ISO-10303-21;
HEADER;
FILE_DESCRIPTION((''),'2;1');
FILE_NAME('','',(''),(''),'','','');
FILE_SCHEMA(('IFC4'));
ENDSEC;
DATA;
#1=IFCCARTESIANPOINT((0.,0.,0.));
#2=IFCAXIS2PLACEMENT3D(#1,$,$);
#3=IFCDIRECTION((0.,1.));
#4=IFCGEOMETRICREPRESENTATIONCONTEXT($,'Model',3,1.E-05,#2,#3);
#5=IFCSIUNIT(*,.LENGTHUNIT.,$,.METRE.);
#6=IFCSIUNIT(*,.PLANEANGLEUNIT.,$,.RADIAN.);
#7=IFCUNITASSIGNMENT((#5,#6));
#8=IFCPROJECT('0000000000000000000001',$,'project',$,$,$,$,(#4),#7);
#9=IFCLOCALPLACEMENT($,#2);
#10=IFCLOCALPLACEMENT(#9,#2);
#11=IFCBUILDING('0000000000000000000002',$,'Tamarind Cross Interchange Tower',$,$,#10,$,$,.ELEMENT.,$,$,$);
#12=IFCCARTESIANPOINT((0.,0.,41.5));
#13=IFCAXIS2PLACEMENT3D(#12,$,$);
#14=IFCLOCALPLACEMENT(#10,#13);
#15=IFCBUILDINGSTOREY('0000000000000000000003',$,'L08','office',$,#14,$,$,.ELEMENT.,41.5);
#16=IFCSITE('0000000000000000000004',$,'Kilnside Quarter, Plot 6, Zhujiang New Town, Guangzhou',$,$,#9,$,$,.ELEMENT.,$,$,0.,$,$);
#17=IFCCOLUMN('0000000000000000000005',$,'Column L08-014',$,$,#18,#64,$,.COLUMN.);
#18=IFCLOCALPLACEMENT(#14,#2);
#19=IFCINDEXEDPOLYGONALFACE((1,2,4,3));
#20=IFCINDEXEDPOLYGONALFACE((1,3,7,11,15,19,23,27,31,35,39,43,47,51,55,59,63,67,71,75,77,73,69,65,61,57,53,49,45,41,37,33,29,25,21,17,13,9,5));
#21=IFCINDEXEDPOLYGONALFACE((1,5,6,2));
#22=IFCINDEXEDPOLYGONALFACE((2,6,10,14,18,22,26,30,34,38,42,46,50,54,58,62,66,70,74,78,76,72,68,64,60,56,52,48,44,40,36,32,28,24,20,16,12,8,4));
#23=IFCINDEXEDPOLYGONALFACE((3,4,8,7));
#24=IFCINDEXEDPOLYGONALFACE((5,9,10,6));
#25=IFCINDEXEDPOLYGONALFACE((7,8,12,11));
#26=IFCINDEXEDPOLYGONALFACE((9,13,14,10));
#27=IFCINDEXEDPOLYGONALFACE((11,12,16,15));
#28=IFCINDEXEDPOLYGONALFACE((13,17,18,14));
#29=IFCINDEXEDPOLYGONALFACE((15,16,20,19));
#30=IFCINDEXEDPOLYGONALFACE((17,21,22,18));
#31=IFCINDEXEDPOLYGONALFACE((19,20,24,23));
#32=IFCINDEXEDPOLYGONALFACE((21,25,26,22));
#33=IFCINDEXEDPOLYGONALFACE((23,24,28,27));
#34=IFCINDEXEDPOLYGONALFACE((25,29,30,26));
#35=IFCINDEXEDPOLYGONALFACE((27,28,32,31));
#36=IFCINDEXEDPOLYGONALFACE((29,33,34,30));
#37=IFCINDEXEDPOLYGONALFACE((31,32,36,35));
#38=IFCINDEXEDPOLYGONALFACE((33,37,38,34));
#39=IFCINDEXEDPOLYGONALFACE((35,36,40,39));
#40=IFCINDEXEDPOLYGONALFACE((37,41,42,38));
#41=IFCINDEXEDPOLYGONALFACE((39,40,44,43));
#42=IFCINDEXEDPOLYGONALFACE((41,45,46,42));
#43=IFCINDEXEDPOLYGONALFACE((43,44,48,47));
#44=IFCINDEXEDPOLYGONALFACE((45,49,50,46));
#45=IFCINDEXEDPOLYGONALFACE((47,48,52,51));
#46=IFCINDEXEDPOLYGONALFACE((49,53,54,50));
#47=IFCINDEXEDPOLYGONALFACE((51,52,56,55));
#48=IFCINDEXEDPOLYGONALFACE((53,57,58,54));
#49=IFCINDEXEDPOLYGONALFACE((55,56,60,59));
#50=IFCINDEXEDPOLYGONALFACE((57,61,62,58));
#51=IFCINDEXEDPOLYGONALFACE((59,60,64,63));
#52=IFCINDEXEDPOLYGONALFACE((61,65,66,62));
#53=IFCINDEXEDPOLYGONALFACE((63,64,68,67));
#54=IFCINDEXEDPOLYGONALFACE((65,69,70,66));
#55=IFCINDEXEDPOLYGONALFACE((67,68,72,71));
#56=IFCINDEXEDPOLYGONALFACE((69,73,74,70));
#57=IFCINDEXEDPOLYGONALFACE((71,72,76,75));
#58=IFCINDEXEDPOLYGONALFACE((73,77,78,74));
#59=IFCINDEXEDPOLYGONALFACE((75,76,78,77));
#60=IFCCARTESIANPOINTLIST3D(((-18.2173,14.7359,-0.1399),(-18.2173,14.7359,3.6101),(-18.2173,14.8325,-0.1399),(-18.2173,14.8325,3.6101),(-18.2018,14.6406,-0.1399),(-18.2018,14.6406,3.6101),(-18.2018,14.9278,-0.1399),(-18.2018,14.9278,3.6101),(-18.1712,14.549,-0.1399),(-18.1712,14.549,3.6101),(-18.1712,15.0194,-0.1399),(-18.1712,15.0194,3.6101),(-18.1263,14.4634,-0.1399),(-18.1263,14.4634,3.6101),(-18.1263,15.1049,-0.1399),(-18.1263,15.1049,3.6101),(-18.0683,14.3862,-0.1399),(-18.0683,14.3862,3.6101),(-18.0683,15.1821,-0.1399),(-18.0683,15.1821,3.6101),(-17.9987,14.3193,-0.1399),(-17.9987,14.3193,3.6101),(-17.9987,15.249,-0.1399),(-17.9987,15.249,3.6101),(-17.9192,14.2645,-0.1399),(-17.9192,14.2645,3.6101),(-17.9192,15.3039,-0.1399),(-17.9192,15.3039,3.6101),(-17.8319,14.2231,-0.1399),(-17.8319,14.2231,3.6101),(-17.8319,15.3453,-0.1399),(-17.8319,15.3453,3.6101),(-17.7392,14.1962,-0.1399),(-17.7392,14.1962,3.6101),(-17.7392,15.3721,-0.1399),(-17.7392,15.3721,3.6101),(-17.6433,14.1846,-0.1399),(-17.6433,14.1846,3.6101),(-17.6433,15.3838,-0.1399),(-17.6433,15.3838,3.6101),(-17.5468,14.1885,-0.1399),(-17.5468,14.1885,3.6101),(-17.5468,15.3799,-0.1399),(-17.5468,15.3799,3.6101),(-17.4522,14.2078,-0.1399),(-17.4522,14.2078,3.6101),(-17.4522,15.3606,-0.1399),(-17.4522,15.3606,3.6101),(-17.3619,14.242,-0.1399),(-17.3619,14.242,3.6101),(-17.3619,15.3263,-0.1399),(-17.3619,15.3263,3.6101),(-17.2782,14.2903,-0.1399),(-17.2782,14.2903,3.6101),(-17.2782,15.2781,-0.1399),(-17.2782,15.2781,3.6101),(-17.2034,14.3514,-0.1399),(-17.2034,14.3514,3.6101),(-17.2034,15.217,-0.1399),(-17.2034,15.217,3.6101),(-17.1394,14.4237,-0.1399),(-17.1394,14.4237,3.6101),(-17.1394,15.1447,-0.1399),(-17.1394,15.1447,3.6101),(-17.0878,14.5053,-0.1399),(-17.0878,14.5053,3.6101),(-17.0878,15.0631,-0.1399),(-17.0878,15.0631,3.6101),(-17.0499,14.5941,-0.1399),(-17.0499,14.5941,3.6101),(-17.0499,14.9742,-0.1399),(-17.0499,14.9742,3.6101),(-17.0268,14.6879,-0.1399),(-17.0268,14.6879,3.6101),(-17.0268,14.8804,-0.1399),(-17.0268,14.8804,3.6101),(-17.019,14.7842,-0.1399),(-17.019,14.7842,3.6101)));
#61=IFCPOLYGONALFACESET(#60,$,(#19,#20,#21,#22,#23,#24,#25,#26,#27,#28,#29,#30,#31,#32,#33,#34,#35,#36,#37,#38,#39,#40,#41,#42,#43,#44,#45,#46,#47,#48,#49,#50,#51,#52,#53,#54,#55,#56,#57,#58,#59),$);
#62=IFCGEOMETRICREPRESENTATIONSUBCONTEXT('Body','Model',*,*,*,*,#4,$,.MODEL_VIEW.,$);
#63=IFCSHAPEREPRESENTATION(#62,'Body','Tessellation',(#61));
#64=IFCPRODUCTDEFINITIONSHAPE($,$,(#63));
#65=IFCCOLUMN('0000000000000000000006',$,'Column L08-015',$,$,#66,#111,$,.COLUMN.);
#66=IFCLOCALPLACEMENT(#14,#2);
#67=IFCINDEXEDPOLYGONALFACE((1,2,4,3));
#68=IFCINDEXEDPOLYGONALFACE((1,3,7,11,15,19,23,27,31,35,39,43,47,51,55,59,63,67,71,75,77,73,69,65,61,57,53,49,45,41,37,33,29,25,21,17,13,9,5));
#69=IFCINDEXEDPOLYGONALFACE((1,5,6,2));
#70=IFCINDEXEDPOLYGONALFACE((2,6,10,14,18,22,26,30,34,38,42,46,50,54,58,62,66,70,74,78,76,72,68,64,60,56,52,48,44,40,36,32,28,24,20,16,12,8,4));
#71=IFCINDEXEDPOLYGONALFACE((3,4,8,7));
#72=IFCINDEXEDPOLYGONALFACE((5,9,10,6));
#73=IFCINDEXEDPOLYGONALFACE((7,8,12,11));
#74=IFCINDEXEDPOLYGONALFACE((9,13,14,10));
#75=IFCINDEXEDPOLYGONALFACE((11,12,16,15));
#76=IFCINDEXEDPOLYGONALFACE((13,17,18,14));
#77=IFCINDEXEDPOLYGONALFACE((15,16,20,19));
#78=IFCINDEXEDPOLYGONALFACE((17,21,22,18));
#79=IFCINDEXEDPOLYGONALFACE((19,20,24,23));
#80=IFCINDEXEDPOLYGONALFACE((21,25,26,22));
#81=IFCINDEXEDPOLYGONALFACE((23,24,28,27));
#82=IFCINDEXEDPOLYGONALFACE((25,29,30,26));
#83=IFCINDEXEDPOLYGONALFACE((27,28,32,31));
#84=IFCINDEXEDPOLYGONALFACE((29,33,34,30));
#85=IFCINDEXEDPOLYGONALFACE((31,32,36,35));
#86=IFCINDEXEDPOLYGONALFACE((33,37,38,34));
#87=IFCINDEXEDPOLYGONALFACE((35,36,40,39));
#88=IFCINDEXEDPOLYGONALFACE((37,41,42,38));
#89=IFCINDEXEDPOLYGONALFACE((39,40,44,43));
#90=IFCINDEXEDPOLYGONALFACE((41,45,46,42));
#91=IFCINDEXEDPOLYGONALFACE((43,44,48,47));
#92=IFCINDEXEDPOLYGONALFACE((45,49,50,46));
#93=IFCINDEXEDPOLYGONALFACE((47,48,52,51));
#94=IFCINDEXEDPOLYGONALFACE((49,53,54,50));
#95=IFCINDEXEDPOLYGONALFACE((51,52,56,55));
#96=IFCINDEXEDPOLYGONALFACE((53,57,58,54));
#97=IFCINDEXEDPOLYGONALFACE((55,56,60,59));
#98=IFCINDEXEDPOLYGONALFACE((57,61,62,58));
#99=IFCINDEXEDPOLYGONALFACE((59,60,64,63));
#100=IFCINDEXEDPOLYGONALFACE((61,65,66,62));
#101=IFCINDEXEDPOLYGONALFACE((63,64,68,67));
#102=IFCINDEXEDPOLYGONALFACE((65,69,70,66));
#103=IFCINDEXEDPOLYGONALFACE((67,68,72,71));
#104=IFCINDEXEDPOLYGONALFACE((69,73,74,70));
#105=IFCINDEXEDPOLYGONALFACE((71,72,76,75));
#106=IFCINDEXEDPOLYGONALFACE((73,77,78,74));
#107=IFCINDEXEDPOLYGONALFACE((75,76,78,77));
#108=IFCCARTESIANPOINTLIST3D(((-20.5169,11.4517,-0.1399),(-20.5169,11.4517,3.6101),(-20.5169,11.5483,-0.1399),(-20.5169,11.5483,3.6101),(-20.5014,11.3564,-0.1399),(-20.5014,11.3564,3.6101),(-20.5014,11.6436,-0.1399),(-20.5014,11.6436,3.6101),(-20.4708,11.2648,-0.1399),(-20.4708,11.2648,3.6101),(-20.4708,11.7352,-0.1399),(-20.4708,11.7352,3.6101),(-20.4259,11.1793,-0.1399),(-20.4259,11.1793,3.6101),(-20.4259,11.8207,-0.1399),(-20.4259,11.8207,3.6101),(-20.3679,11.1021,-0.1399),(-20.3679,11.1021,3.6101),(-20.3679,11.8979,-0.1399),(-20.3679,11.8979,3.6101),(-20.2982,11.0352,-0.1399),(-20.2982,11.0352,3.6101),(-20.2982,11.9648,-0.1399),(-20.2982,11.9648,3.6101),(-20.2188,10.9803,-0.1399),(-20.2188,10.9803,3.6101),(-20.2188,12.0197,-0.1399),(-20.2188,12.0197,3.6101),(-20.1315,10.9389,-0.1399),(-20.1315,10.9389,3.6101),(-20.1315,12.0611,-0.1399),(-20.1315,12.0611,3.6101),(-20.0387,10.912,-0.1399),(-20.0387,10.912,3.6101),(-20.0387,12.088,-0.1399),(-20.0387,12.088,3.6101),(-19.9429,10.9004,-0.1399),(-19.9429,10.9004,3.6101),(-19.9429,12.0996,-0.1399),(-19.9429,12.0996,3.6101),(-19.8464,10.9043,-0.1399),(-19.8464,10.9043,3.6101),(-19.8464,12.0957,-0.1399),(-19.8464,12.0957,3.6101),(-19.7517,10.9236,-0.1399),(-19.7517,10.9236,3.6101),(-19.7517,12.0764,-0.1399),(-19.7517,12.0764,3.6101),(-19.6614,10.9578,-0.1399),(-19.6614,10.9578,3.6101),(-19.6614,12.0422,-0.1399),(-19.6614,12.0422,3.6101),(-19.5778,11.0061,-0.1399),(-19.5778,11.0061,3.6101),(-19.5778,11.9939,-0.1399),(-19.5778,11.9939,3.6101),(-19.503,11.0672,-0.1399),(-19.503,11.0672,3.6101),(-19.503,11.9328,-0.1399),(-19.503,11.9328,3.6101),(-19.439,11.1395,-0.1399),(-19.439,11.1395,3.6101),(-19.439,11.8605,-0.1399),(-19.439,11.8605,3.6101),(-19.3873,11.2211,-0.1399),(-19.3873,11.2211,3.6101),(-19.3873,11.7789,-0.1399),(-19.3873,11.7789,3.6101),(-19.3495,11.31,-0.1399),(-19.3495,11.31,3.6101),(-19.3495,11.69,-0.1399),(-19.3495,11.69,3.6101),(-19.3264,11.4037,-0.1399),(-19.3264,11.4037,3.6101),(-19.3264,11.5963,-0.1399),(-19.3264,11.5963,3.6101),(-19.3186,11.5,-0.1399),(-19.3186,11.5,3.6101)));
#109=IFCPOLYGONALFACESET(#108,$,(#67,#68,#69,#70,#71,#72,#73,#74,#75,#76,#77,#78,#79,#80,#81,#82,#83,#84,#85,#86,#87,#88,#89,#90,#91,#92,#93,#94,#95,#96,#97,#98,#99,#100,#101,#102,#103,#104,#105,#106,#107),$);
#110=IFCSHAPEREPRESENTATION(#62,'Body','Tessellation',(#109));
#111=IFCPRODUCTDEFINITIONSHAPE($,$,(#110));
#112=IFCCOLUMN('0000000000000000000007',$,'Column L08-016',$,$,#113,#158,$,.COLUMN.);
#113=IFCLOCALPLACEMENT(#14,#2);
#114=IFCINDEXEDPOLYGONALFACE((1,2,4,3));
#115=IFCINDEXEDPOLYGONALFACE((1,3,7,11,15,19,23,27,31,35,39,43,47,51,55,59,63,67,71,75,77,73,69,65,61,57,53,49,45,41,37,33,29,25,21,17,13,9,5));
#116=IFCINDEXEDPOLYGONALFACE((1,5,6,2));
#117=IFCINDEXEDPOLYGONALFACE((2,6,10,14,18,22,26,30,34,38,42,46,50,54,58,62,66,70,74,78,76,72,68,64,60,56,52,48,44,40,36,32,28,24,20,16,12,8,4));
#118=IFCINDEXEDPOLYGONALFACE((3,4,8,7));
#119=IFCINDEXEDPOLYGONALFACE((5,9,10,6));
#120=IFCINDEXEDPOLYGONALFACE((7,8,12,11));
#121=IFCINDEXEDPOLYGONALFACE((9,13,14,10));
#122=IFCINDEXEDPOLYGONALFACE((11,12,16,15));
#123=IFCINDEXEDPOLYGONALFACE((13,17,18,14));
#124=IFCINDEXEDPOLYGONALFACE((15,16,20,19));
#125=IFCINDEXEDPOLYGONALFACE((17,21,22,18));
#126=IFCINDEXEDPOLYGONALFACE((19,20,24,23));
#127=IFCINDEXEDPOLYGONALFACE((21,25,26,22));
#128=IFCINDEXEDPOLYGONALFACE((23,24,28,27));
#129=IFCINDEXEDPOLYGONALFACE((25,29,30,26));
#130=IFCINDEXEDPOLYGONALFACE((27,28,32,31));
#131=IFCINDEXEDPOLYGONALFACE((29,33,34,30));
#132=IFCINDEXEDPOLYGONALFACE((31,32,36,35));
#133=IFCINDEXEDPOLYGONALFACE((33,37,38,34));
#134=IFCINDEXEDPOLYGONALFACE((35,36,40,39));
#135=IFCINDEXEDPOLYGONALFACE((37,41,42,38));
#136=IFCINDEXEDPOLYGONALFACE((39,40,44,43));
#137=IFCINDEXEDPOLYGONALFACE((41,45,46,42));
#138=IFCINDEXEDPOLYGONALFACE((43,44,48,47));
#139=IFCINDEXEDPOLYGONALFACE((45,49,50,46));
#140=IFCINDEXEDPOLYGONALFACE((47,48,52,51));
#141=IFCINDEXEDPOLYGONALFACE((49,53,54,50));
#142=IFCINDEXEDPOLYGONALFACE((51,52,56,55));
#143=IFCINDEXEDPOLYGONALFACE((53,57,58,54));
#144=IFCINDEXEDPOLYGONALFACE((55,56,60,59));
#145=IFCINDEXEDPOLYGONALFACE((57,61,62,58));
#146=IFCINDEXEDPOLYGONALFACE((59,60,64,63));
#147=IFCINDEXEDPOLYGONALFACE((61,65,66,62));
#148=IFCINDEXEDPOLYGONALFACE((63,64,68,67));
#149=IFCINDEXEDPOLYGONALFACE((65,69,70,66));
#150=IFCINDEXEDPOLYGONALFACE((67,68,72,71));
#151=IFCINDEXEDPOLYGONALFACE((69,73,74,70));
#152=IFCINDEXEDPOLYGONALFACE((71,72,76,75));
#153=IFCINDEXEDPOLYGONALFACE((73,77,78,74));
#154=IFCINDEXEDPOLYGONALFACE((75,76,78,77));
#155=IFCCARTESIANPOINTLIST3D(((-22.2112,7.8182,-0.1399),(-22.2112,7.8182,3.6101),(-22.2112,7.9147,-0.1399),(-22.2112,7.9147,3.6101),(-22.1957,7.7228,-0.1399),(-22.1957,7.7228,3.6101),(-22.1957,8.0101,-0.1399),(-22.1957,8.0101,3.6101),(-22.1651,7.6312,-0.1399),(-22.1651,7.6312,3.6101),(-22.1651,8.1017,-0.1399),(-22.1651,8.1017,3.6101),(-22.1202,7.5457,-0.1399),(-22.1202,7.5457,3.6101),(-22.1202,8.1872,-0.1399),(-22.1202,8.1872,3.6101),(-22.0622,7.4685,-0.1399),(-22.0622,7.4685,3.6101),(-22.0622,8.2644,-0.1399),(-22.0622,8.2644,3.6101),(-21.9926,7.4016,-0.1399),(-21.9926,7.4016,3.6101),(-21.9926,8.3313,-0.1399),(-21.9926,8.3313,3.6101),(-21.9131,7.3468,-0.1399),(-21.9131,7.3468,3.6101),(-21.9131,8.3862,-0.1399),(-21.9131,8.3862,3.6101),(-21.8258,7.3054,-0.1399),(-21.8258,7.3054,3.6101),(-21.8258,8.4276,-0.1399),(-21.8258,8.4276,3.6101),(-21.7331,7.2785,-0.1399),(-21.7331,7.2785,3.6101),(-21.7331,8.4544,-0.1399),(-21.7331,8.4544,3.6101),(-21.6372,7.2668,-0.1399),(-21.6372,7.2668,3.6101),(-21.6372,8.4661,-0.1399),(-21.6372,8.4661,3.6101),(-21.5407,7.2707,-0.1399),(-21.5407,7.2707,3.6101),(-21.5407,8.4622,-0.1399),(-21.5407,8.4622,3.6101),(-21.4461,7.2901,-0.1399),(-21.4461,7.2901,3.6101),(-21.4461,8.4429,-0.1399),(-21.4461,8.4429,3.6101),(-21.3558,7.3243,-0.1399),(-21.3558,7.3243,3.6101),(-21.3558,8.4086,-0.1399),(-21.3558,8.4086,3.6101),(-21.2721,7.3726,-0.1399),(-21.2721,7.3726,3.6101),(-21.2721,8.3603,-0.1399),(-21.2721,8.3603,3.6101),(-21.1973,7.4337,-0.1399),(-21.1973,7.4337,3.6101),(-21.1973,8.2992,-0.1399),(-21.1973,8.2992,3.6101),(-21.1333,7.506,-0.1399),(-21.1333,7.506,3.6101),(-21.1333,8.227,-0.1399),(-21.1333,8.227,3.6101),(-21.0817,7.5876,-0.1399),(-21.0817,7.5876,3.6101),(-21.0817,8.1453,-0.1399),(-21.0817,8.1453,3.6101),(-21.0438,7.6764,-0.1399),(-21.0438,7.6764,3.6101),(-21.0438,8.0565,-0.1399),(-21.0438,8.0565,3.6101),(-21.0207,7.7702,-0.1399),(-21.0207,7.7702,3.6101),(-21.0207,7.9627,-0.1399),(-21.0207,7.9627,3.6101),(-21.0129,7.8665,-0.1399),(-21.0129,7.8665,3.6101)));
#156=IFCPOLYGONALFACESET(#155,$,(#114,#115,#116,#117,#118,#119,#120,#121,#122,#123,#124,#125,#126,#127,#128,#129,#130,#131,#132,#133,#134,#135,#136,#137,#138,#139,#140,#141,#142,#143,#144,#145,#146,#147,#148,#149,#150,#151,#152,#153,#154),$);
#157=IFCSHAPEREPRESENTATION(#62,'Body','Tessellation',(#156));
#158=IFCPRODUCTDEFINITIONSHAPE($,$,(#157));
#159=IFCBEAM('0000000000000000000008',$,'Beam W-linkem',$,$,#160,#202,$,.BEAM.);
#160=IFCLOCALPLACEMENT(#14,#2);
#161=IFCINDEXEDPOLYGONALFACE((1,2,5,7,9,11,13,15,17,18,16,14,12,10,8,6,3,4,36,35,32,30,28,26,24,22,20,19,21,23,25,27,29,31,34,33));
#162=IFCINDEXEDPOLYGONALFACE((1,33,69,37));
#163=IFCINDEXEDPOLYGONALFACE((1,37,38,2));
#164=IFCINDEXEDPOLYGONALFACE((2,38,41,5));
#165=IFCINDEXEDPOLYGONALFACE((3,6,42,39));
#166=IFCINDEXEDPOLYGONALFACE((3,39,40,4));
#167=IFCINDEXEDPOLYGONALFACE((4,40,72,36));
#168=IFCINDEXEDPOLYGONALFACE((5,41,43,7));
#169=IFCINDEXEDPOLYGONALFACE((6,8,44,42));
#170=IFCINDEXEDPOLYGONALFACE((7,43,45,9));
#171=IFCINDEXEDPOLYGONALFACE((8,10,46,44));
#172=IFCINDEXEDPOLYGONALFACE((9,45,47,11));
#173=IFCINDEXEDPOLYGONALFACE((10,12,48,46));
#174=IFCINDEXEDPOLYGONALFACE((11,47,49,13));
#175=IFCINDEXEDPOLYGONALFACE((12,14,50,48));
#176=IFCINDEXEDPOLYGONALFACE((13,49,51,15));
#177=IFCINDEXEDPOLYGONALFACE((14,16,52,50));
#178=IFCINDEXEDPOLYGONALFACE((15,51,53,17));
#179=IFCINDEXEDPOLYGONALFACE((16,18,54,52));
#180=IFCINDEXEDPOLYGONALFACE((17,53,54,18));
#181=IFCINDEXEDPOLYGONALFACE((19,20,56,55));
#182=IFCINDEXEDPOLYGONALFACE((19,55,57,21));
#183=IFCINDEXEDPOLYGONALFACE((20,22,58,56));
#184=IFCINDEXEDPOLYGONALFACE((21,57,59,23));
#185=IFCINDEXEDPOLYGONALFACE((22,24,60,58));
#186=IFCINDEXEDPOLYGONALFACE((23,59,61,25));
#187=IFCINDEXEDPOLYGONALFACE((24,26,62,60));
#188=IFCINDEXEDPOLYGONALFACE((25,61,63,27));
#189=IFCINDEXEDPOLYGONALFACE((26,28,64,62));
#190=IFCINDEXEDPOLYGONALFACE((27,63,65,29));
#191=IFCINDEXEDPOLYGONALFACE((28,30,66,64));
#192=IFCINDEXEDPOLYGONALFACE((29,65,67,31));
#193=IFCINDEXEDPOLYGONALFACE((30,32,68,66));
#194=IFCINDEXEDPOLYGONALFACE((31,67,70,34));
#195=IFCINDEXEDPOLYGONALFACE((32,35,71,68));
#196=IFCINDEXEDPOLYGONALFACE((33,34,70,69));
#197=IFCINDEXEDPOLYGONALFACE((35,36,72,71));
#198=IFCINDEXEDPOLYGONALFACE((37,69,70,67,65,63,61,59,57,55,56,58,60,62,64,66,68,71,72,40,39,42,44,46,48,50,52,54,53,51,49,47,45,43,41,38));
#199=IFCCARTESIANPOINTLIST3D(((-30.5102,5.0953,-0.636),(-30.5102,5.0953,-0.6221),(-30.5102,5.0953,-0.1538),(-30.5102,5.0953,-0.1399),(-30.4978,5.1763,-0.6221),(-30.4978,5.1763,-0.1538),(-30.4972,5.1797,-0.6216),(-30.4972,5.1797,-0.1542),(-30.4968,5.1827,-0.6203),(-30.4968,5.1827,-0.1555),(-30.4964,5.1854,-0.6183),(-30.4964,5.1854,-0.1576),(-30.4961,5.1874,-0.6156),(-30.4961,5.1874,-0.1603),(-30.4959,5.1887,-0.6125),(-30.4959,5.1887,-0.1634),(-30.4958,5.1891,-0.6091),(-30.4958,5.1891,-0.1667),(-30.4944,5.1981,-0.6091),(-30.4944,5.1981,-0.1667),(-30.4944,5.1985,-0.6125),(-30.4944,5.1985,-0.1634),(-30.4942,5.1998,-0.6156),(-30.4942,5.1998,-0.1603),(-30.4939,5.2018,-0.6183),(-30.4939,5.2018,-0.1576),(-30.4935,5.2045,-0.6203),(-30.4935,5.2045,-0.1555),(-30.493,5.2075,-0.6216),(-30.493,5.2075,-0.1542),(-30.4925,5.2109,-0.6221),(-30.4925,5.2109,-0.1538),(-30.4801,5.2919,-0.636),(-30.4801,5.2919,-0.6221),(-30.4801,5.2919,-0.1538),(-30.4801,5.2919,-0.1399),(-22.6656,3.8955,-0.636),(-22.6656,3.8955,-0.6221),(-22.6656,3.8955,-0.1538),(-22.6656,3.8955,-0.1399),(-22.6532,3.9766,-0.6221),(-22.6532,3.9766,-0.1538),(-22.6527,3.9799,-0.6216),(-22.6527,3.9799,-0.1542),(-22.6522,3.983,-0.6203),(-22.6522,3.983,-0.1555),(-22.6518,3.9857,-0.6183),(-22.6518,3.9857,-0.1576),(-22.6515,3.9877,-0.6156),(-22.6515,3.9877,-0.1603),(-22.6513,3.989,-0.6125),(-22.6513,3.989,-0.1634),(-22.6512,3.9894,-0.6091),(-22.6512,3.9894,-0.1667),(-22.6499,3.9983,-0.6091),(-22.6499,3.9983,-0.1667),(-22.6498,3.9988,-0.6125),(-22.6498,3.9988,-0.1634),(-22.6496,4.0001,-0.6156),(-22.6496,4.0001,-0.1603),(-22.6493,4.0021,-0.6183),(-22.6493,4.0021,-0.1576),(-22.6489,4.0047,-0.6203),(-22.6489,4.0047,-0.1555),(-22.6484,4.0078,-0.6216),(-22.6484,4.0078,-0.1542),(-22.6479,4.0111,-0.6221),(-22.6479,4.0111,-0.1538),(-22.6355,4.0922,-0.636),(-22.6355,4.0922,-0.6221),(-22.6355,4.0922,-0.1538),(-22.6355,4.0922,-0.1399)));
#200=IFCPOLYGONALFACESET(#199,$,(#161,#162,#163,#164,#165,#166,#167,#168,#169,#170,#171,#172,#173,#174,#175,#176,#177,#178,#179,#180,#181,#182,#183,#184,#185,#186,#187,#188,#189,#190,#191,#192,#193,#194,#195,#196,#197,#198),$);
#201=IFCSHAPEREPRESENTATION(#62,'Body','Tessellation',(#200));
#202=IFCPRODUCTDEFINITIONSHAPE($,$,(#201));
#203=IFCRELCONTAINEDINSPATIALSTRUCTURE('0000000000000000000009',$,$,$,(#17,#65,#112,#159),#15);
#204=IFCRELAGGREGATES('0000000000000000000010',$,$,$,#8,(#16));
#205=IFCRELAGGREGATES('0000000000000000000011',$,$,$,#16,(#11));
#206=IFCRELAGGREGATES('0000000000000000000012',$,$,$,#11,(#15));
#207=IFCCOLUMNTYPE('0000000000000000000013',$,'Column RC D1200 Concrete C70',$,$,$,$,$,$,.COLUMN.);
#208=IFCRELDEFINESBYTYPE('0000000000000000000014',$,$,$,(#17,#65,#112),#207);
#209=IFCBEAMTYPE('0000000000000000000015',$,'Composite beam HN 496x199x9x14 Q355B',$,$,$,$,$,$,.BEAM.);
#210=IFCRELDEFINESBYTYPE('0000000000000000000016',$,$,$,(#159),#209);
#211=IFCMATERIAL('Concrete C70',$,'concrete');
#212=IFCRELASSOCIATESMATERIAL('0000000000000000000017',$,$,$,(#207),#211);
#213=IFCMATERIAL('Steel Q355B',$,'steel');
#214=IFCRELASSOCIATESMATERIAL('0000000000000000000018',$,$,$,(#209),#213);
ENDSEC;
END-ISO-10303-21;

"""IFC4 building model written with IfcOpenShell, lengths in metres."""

from ifc_helpers import new_model, si_unit, direction, frame, origin, origin_2d, place, context, subcontext, project, spatial, circle, i_section, extrude, material, material_profile, profile_set, type_object, element, save


model = new_model("IFC4")

# Units and contexts
model_context = context("Model", 3, precision=1e-05, world=origin(), true_north=direction((0.0, 1.0)))
body_context = subcontext(model_context, "Body", "Model", "MODEL_VIEW")
ifc_project = project(units=[si_unit("LENGTHUNIT", "METRE"), si_unit("PLANEANGLEUNIT", "RADIAN")], contexts=[model_context])

# Site, building, storey
site_placement = place(None, origin())
site = spatial("IfcSite", under=ifc_project, at=site_placement, Name="Kilnside Quarter, Plot 6, Zhujiang New Town, Guangzhou", CompositionType="ELEMENT", RefElevation=0.0)
building_placement = place(site_placement, origin())
building = spatial("IfcBuilding", under=site, at=building_placement, Name="Tamarind Cross Interchange Tower", CompositionType="ELEMENT")
storey_placement = place(building_placement, frame((0.0, 0.0, 41.5)))
storey = spatial("IfcBuildingStorey", under=building, at=storey_placement, Name="L08", Description="office", CompositionType="ELEMENT", Elevation=41.5)

# Columns
ifc_material_1 = material(Name="Concrete C70", Category="concrete")
ifc_material_profile_1 = material_profile(ifc_material_1, circle(Radius=0.6001, at=origin_2d()), Name="RC D1200")
ifc_profile_set_1 = profile_set([ifc_material_profile_1], Name="Concrete C70")
column_type_1 = type_object("IfcColumnType", Name="Column RC D1200 Concrete C70", PredefinedType="COLUMN", material=ifc_profile_set_1)
for number, where, z_axis, x_axis, name in (
    (1, (-17.6191, 14.7842, -0.1399), (0.0, 0.0, 1.0), (1.0, 0.0, 0.0), "Column L08-014"),
    (2, (-19.9187, 11.5, -0.1399), (0.0, 0.0, 1.0), (1.0, 0.0, 0.0), "Column L08-015"),
    (3, (-21.613, 7.8665, -0.1399), (0.0, 0.0, 1.0), (1.0, 0.0, 0.0), "Column L08-016"),
):
    element("IfcColumn", number, at=place(storey_placement, frame(where, z_axis=z_axis, x_axis=x_axis)), inside=storey, type_object=column_type_1, Name=name, PredefinedType="COLUMN", context=body_context, shape_type="SweptSolid", body=[
        extrude(circle(Radius=0.6001, at=origin_2d()), origin(), (0.0, 0.0, 1.0), 3.75),
    ])

# Beam
ifc_material_2 = material(Name="Steel Q355B", Category="steel")
ifc_material_profile_2 = material_profile(ifc_material_2, i_section(OverallWidth=0.199, OverallDepth=0.4961, WebThickness=0.009, FlangeThickness=0.0139, FilletRadius=0.0129, at=origin_2d()), Name="HN 496x199x9x14")
ifc_profile_set_2 = profile_set([ifc_material_profile_2], Name="Steel Q355B")
beam_type_1 = type_object("IfcBeamType", Name="Composite beam HN 496x199x9x14 Q355B", PredefinedType="BEAM", material=ifc_profile_set_2)
beam_1_placement = place(storey_placement, frame((-30.4951, 5.1936, -0.3879), z_axis=(0.988506, -0.151179, 0.0), x_axis=(0.151179, 0.988506, 0.0)))
element("IfcBeam", 4, at=beam_1_placement, inside=storey, type_object=beam_type_1, Name="Beam W-linkem", PredefinedType="BEAM", context=body_context, shape_type="SweptSolid", body=[
    extrude(i_section(OverallWidth=0.199, OverallDepth=0.4961, WebThickness=0.009, FlangeThickness=0.0139, FilletRadius=0.0129, at=origin_2d()), origin(), (0.0, 0.0, 1.0), 7.9358),
])

save(model, "model.ifc")
